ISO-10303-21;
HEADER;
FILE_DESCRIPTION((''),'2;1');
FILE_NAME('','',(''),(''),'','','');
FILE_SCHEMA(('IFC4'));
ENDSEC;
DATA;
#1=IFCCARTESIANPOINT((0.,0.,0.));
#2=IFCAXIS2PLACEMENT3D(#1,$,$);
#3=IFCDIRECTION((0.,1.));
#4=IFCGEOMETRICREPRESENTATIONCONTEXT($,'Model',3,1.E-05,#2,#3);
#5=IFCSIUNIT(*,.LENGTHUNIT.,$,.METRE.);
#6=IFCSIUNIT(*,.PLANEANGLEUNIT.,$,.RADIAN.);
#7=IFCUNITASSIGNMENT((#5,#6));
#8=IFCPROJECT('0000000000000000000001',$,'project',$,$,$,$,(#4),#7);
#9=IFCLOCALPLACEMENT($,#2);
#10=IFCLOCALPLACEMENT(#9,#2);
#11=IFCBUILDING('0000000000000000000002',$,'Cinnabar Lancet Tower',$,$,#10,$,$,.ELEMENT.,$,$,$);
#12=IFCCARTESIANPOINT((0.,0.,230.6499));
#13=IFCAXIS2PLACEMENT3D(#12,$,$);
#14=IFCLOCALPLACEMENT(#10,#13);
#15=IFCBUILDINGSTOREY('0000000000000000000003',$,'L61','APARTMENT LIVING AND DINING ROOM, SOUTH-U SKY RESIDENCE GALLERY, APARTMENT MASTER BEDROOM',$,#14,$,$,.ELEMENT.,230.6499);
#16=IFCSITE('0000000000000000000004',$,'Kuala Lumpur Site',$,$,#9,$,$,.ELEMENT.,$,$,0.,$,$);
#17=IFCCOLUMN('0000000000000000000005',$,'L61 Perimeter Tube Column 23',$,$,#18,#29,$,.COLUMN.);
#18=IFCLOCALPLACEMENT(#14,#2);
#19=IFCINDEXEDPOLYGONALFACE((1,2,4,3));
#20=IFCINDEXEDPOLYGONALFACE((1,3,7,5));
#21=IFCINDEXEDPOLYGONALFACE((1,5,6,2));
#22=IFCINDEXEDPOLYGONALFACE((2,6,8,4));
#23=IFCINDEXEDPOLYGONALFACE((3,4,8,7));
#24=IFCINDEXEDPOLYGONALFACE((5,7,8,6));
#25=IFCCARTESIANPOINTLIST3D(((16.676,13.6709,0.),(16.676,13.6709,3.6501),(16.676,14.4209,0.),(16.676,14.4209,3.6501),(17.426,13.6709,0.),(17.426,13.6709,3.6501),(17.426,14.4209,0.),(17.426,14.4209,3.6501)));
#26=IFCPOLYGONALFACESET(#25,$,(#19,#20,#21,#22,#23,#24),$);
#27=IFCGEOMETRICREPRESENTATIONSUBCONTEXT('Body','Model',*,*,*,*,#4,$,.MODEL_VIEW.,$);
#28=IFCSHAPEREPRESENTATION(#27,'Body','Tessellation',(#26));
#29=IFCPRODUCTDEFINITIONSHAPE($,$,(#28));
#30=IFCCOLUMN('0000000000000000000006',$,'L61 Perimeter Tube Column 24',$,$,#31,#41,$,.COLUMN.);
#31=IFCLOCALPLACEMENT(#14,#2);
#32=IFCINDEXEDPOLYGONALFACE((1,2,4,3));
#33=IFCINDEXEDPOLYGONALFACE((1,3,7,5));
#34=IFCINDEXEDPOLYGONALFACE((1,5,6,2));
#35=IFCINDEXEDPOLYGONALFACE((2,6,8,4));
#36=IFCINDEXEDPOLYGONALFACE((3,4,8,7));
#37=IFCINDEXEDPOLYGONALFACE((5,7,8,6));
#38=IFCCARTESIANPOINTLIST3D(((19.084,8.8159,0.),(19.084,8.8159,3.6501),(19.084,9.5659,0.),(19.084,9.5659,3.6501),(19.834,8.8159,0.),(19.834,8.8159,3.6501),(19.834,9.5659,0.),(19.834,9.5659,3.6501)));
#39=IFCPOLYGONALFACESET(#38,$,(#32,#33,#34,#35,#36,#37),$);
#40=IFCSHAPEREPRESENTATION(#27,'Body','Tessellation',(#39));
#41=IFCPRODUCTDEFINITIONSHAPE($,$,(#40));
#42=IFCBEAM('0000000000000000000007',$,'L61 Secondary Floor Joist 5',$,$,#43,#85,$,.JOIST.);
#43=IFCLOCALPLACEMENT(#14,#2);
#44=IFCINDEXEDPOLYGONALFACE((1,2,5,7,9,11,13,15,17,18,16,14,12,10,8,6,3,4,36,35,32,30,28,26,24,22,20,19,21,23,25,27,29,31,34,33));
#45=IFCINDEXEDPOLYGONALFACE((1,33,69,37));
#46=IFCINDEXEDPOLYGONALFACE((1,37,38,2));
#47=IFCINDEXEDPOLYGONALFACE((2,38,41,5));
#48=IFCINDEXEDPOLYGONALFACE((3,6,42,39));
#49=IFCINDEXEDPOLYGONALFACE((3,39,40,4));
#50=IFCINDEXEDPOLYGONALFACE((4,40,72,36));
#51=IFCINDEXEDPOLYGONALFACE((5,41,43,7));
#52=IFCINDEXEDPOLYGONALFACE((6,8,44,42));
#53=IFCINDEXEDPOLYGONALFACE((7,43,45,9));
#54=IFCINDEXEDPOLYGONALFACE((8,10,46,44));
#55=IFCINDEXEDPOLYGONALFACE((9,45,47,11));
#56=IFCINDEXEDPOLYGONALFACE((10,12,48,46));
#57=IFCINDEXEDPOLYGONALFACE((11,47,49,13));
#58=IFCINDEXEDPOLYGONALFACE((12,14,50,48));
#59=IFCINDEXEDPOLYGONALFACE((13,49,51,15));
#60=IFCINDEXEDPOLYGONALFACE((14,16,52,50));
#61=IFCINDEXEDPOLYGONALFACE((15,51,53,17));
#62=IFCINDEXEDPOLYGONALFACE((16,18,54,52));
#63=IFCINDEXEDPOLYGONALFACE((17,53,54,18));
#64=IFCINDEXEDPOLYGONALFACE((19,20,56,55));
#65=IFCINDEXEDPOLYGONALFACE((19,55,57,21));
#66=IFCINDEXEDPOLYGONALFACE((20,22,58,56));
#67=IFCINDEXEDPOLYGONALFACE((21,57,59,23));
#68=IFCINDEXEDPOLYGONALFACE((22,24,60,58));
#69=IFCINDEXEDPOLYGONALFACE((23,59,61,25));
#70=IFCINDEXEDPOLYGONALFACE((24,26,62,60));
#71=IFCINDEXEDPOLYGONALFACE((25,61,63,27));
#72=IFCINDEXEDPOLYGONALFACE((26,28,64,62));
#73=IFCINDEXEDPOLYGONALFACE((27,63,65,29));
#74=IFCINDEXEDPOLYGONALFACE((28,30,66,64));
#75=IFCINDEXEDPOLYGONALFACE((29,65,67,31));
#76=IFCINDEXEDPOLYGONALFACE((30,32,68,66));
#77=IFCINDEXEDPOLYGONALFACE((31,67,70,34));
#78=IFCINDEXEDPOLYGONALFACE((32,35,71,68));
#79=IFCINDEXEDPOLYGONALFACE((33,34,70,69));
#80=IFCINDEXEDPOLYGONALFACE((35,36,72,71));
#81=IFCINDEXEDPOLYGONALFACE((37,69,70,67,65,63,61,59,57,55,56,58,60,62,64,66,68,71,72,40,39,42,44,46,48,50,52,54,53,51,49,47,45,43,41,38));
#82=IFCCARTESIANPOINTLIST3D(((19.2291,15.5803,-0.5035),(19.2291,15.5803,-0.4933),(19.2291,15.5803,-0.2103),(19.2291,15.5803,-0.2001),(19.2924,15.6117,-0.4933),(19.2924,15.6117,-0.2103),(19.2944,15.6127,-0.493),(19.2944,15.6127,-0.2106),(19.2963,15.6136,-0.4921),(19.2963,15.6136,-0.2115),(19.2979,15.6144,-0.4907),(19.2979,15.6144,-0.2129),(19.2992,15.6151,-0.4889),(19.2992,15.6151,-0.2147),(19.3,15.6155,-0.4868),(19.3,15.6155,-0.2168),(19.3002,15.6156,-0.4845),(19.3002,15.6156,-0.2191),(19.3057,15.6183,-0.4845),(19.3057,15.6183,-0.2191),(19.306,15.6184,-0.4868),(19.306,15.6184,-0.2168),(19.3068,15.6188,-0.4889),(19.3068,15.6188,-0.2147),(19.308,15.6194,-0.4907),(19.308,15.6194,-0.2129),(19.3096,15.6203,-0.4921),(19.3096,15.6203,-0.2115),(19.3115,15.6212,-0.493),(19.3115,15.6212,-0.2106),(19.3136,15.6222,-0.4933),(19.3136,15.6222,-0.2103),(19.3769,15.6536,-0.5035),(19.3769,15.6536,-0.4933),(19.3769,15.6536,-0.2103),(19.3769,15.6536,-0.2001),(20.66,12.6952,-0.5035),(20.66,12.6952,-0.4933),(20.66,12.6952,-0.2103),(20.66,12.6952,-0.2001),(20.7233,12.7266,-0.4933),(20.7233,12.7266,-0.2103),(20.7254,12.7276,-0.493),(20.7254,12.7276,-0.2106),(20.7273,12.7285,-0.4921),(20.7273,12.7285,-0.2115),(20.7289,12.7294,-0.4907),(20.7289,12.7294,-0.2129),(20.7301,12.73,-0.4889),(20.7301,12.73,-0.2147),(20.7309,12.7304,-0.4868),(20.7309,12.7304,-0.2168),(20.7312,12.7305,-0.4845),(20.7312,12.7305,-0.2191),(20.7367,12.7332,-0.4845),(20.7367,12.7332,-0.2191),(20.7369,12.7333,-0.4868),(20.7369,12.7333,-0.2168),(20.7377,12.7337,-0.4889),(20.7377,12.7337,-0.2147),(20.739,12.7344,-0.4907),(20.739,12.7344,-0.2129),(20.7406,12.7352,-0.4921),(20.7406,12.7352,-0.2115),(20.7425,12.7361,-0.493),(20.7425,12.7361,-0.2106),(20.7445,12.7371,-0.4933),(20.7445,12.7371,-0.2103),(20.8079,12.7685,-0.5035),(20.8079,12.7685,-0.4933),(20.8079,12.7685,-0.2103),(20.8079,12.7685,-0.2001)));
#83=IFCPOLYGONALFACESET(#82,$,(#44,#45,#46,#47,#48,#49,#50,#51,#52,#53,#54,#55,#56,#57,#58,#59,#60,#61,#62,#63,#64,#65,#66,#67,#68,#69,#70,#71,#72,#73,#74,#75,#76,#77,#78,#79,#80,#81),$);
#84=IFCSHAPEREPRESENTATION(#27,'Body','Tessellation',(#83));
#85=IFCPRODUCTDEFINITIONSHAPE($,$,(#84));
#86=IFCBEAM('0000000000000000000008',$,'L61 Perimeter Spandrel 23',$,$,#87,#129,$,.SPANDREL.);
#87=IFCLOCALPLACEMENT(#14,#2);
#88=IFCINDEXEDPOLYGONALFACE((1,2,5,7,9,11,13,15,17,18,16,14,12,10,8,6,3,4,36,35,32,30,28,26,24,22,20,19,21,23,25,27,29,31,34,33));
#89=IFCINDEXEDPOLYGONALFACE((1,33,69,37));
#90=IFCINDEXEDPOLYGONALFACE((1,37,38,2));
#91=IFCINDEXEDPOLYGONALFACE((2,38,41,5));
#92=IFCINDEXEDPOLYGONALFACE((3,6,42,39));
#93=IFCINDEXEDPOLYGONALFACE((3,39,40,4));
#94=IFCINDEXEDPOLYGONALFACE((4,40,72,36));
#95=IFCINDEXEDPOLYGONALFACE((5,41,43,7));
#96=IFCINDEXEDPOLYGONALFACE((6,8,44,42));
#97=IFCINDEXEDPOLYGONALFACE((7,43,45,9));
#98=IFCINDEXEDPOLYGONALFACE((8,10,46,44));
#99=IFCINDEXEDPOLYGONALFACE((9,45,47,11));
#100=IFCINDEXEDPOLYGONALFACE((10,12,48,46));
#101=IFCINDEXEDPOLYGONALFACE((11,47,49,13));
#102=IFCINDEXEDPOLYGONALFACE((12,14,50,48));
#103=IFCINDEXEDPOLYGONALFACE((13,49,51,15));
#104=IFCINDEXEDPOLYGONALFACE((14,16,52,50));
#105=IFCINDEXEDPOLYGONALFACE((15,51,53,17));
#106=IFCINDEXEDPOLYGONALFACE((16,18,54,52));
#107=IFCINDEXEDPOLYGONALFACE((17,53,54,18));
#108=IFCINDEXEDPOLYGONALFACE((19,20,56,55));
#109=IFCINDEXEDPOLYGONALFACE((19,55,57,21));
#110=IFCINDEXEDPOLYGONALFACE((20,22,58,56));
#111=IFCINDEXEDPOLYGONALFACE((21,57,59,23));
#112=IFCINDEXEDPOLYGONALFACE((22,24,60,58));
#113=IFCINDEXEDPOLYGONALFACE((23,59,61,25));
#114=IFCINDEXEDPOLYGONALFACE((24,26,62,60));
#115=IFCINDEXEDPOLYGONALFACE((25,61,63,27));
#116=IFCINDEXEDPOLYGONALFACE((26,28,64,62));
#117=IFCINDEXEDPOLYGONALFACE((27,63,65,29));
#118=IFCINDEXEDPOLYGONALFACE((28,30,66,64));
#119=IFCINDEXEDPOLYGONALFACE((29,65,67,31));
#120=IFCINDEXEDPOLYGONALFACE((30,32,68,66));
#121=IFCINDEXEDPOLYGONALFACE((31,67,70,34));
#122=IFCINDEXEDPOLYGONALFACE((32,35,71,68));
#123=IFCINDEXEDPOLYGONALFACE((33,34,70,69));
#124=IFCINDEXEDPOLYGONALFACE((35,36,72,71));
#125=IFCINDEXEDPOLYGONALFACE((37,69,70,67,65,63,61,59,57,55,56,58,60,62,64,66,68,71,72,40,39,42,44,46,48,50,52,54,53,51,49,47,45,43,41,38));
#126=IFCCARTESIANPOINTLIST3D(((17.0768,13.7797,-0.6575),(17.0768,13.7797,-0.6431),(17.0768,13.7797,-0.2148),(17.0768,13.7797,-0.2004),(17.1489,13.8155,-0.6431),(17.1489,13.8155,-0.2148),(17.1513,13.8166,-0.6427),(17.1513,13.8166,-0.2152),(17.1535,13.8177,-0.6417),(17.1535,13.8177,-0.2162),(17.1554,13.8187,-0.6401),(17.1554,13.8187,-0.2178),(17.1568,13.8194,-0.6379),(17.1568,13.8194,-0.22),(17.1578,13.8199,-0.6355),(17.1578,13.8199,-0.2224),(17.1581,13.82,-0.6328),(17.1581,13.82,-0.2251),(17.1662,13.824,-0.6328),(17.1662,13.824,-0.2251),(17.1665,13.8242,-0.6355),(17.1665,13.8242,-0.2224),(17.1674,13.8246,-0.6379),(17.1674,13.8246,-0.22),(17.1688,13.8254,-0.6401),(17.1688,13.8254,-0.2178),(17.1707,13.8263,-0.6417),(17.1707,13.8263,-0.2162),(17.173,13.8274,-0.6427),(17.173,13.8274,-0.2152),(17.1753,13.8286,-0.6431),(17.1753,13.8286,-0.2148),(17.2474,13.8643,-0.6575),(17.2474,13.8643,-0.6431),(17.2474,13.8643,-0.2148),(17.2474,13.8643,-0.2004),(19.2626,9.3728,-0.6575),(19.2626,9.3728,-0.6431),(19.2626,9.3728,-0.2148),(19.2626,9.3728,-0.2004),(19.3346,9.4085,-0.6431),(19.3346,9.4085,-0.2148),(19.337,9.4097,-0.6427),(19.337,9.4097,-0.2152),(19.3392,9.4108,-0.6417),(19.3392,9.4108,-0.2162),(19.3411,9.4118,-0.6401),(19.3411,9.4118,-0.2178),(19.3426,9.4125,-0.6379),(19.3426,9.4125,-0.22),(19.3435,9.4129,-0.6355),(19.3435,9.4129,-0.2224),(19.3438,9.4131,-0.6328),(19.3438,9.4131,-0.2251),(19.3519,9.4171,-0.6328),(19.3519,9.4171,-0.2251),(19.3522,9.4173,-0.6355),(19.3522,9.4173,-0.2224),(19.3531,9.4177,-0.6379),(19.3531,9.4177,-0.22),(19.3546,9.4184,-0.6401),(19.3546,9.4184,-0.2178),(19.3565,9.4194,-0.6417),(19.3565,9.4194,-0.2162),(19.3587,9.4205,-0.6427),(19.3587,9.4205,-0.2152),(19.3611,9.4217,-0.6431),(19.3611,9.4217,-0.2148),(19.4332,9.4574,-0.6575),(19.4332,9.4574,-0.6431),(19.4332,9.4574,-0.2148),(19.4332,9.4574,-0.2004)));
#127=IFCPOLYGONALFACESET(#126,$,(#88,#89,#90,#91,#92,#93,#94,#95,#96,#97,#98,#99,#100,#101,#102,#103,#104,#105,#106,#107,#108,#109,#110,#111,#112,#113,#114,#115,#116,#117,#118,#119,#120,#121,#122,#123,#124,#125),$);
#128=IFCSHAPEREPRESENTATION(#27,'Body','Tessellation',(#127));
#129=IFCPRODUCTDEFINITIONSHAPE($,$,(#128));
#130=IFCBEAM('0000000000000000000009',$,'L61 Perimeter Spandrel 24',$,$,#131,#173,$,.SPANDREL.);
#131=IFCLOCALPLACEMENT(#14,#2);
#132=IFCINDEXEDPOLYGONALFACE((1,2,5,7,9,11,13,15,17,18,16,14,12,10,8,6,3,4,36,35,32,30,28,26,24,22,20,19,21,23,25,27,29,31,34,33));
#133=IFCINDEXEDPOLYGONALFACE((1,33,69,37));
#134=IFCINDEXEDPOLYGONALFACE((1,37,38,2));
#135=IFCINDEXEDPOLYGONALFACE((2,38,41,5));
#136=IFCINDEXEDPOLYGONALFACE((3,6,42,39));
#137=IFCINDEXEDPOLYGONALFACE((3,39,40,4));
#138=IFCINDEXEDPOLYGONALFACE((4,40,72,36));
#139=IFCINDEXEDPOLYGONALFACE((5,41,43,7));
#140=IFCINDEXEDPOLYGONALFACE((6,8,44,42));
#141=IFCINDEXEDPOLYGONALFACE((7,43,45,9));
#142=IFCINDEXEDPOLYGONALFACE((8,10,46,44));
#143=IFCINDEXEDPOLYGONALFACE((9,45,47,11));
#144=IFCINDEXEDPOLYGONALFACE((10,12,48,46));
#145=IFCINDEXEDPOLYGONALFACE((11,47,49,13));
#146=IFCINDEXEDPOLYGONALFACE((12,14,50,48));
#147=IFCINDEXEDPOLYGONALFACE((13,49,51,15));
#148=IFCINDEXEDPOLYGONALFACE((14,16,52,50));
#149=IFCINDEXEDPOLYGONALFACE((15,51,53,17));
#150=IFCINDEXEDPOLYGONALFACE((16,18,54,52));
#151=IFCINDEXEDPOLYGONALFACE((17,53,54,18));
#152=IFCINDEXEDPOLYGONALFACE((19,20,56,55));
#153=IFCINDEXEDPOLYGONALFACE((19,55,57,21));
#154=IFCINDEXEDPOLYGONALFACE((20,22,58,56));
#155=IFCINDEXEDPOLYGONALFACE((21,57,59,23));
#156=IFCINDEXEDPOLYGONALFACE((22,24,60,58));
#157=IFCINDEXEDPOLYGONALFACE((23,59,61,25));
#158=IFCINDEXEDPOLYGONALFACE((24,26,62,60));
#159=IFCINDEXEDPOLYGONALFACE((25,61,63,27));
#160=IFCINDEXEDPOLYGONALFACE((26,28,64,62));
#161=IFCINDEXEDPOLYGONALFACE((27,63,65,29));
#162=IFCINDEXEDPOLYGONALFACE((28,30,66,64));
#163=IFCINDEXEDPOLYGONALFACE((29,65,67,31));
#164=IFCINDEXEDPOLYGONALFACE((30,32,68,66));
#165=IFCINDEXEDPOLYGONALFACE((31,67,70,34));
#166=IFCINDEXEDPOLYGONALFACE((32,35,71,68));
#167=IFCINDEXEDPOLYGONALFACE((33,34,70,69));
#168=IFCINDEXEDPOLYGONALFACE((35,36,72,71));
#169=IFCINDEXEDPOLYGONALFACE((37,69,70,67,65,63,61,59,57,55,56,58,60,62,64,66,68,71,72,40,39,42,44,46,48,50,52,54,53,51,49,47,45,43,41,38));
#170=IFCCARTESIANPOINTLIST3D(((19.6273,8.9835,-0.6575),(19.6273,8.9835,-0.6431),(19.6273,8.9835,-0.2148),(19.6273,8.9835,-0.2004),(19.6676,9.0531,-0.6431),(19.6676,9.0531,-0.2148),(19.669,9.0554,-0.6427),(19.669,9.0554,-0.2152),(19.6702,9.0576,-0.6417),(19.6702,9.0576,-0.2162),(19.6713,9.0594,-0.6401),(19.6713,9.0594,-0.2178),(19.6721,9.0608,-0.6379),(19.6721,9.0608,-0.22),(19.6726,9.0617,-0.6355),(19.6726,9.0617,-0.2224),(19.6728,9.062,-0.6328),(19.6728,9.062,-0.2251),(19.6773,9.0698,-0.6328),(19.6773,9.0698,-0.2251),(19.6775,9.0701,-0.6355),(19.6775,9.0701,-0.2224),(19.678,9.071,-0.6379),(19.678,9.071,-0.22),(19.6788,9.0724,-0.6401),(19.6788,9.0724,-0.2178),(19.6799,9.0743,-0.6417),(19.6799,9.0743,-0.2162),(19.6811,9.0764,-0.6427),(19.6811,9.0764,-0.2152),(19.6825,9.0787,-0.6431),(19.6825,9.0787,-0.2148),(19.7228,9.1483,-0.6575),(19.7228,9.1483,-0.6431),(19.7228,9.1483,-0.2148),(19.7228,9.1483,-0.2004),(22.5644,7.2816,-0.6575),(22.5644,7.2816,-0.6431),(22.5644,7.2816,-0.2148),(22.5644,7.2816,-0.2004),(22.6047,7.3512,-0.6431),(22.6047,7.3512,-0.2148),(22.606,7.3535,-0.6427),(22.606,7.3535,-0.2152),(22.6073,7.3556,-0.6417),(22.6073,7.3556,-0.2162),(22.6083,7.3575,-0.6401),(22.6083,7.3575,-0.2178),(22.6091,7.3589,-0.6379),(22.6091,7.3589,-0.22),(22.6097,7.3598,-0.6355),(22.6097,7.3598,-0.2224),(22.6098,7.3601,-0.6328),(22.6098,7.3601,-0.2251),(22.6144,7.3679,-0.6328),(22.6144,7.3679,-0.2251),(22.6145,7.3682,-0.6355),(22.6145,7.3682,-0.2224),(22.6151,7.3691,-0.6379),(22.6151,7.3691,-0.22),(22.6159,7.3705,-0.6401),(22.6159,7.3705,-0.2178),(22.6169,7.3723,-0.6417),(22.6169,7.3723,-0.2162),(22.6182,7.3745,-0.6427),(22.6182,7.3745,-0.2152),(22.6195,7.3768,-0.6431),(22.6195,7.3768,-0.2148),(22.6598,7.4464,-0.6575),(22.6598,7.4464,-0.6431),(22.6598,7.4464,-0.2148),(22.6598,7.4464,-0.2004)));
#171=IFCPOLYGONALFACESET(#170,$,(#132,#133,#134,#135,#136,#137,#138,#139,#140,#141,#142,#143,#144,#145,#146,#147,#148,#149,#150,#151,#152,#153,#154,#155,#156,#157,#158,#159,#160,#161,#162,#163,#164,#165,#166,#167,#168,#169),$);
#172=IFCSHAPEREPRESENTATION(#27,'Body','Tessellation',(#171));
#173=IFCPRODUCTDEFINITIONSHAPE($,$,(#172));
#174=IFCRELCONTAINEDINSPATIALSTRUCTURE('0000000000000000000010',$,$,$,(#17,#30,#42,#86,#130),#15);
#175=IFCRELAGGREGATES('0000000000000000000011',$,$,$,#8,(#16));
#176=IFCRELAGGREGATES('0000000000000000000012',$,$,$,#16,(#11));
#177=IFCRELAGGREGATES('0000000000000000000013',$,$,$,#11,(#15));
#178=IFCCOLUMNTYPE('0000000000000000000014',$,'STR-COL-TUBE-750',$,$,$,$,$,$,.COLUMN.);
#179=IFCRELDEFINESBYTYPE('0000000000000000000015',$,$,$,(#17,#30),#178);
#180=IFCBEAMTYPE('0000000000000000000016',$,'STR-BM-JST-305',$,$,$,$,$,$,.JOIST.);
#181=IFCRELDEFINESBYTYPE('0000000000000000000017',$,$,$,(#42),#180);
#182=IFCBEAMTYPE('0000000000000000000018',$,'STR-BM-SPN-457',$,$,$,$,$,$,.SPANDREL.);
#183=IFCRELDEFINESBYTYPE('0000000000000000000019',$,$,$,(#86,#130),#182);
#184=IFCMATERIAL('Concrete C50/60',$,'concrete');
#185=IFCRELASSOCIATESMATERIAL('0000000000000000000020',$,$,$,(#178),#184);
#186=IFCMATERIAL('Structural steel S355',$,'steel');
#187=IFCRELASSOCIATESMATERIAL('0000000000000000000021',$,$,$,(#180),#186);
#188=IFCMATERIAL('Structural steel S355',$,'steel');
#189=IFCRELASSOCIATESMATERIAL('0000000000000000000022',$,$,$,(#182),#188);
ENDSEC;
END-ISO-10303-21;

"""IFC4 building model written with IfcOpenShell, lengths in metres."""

from ifc_helpers import new_model, si_unit, direction, frame, origin, origin_2d, place, context, subcontext, project, spatial, rectangle, i_section, extrude, material, material_profile, profile_set, type_object, element, save


model = new_model("IFC4")

# Units and contexts
model_context = context("Model", 3, precision=1e-05, world=origin(), true_north=direction((0.0, 1.0)))
body_context = subcontext(model_context, "Body", "Model", "MODEL_VIEW")
ifc_project = project(units=[si_unit("LENGTHUNIT", "METRE"), si_unit("PLANEANGLEUNIT", "RADIAN")], contexts=[model_context])

# Site, building, storey
site_placement = place(None, origin())
site = spatial("IfcSite", under=ifc_project, at=site_placement, Name="Kuala Lumpur Site", CompositionType="ELEMENT", RefElevation=0.0)
building_placement = place(site_placement, origin())
building = spatial("IfcBuilding", under=site, at=building_placement, Name="Cinnabar Lancet Tower", CompositionType="ELEMENT")
storey_placement = place(building_placement, frame((0.0, 0.0, 230.6499)))
storey = spatial("IfcBuildingStorey", under=building, at=storey_placement, Name="L61", Description="APARTMENT LIVING AND DINING ROOM, SOUTH-U SKY RESIDENCE GALLERY, APARTMENT MASTER BEDROOM", CompositionType="ELEMENT", Elevation=230.6499)

# Columns
ifc_material_1 = material(Name="Concrete C50/60", Category="concrete")
ifc_material_profile_1 = material_profile(ifc_material_1, rectangle(XDim=0.75, YDim=0.75, at=origin_2d()), Name="RC-COL 750x750")
ifc_profile_set_1 = profile_set([ifc_material_profile_1], Name="Concrete C50/60")
column_type = type_object("IfcColumnType", Name="STR-COL-TUBE-750", PredefinedType="COLUMN", material=ifc_profile_set_1)
for number, where, z_axis, x_axis, name in (
    (1, (17.051, 14.0459, 0.0), (0.0, 0.0, 1.0), (1.0, 0.0, 0.0), "L61 Perimeter Tube Column 23"),
    (2, (19.459, 9.1909, 0.0), (0.0, 0.0, 1.0), (1.0, 0.0, 0.0), "L61 Perimeter Tube Column 24"),
):
    element("IfcColumn", number, at=place(storey_placement, frame(where, z_axis=z_axis, x_axis=x_axis)), inside=storey, type_object=column_type, Name=name, PredefinedType="COLUMN", context=body_context, shape_type="SweptSolid", body=[
        extrude(rectangle(XDim=0.75, YDim=0.75, at=origin_2d()), origin(), (0.0, 0.0, 1.0), 3.6501),
    ])

# Beams
ifc_material_2 = material(Name="Structural steel S355", Category="steel")
ifc_material_profile_2 = material_profile(ifc_material_2, i_section(OverallWidth=0.165, OverallDepth=0.3035, WebThickness=0.0061, FlangeThickness=0.0103, FilletRadius=0.0088, at=origin_2d()), Name="UKB 305x165x40")
ifc_profile_set_2 = profile_set([ifc_material_profile_2], Name="Structural steel S355")
beam_type_1 = type_object("IfcBeamType", Name="STR-BM-JST-305", PredefinedType="JOIST", material=ifc_profile_set_2)
beam_1_placement = place(storey_placement, frame((19.303, 15.6169, -0.3518), z_axis=(0.44433, -0.895863, 0.0), x_axis=(0.895863, 0.44433, 0.0)))
element("IfcBeam", 3, at=beam_1_placement, inside=storey, type_object=beam_type_1, Name="L61 Secondary Floor Joist 5", PredefinedType="JOIST", context=body_context, shape_type="SweptSolid", body=[
    extrude(i_section(OverallWidth=0.165, OverallDepth=0.3035, WebThickness=0.0061, FlangeThickness=0.0103, FilletRadius=0.0088, at=origin_2d()), origin(), (0.0, 0.0, 1.0), 3.2205),
])
ifc_material_3 = material(Name="Structural steel S355", Category="steel")
ifc_material_profile_3 = material_profile(ifc_material_3, i_section(OverallWidth=0.1904, OverallDepth=0.457, WebThickness=0.009, FlangeThickness=0.0144, FilletRadius=0.0103, at=origin_2d()), Name="UKB 457x191x74")
ifc_profile_set_3 = profile_set([ifc_material_profile_3], Name="Structural steel S355")
beam_type_2 = type_object("IfcBeamType", Name="STR-BM-SPN-457", PredefinedType="SPANDREL", material=ifc_profile_set_3)
beam_2_placement = place(storey_placement, frame((17.1621, 13.822, -0.429), z_axis=(0.444333, -0.895862, 0.0), x_axis=(0.895862, 0.444333, 0.0)))
element("IfcBeam", 4, at=beam_2_placement, inside=storey, type_object=beam_type_2, Name="L61 Perimeter Spandrel 23", PredefinedType="SPANDREL", context=body_context, shape_type="SweptSolid", body=[
    extrude(i_section(OverallWidth=0.1904, OverallDepth=0.457, WebThickness=0.009, FlangeThickness=0.0144, FilletRadius=0.0103, at=origin_2d()), origin(), (0.0, 0.0, 1.0), 4.9192),
])
beam_3_placement = place(storey_placement, frame((19.675, 9.0659, -0.429), z_axis=(0.865231, -0.501374, 0.0), x_axis=(0.501374, 0.865231, 0.0)))
element("IfcBeam", 5, at=beam_3_placement, inside=storey, type_object=beam_type_2, Name="L61 Perimeter Spandrel 24", PredefinedType="SPANDREL", context=body_context, shape_type="SweptSolid", body=[
    extrude(i_section(OverallWidth=0.1904, OverallDepth=0.457, WebThickness=0.009, FlangeThickness=0.0144, FilletRadius=0.0103, at=origin_2d()), origin(), (0.0, 0.0, 1.0), 3.3945),
])

save(model, "model.ifc")
